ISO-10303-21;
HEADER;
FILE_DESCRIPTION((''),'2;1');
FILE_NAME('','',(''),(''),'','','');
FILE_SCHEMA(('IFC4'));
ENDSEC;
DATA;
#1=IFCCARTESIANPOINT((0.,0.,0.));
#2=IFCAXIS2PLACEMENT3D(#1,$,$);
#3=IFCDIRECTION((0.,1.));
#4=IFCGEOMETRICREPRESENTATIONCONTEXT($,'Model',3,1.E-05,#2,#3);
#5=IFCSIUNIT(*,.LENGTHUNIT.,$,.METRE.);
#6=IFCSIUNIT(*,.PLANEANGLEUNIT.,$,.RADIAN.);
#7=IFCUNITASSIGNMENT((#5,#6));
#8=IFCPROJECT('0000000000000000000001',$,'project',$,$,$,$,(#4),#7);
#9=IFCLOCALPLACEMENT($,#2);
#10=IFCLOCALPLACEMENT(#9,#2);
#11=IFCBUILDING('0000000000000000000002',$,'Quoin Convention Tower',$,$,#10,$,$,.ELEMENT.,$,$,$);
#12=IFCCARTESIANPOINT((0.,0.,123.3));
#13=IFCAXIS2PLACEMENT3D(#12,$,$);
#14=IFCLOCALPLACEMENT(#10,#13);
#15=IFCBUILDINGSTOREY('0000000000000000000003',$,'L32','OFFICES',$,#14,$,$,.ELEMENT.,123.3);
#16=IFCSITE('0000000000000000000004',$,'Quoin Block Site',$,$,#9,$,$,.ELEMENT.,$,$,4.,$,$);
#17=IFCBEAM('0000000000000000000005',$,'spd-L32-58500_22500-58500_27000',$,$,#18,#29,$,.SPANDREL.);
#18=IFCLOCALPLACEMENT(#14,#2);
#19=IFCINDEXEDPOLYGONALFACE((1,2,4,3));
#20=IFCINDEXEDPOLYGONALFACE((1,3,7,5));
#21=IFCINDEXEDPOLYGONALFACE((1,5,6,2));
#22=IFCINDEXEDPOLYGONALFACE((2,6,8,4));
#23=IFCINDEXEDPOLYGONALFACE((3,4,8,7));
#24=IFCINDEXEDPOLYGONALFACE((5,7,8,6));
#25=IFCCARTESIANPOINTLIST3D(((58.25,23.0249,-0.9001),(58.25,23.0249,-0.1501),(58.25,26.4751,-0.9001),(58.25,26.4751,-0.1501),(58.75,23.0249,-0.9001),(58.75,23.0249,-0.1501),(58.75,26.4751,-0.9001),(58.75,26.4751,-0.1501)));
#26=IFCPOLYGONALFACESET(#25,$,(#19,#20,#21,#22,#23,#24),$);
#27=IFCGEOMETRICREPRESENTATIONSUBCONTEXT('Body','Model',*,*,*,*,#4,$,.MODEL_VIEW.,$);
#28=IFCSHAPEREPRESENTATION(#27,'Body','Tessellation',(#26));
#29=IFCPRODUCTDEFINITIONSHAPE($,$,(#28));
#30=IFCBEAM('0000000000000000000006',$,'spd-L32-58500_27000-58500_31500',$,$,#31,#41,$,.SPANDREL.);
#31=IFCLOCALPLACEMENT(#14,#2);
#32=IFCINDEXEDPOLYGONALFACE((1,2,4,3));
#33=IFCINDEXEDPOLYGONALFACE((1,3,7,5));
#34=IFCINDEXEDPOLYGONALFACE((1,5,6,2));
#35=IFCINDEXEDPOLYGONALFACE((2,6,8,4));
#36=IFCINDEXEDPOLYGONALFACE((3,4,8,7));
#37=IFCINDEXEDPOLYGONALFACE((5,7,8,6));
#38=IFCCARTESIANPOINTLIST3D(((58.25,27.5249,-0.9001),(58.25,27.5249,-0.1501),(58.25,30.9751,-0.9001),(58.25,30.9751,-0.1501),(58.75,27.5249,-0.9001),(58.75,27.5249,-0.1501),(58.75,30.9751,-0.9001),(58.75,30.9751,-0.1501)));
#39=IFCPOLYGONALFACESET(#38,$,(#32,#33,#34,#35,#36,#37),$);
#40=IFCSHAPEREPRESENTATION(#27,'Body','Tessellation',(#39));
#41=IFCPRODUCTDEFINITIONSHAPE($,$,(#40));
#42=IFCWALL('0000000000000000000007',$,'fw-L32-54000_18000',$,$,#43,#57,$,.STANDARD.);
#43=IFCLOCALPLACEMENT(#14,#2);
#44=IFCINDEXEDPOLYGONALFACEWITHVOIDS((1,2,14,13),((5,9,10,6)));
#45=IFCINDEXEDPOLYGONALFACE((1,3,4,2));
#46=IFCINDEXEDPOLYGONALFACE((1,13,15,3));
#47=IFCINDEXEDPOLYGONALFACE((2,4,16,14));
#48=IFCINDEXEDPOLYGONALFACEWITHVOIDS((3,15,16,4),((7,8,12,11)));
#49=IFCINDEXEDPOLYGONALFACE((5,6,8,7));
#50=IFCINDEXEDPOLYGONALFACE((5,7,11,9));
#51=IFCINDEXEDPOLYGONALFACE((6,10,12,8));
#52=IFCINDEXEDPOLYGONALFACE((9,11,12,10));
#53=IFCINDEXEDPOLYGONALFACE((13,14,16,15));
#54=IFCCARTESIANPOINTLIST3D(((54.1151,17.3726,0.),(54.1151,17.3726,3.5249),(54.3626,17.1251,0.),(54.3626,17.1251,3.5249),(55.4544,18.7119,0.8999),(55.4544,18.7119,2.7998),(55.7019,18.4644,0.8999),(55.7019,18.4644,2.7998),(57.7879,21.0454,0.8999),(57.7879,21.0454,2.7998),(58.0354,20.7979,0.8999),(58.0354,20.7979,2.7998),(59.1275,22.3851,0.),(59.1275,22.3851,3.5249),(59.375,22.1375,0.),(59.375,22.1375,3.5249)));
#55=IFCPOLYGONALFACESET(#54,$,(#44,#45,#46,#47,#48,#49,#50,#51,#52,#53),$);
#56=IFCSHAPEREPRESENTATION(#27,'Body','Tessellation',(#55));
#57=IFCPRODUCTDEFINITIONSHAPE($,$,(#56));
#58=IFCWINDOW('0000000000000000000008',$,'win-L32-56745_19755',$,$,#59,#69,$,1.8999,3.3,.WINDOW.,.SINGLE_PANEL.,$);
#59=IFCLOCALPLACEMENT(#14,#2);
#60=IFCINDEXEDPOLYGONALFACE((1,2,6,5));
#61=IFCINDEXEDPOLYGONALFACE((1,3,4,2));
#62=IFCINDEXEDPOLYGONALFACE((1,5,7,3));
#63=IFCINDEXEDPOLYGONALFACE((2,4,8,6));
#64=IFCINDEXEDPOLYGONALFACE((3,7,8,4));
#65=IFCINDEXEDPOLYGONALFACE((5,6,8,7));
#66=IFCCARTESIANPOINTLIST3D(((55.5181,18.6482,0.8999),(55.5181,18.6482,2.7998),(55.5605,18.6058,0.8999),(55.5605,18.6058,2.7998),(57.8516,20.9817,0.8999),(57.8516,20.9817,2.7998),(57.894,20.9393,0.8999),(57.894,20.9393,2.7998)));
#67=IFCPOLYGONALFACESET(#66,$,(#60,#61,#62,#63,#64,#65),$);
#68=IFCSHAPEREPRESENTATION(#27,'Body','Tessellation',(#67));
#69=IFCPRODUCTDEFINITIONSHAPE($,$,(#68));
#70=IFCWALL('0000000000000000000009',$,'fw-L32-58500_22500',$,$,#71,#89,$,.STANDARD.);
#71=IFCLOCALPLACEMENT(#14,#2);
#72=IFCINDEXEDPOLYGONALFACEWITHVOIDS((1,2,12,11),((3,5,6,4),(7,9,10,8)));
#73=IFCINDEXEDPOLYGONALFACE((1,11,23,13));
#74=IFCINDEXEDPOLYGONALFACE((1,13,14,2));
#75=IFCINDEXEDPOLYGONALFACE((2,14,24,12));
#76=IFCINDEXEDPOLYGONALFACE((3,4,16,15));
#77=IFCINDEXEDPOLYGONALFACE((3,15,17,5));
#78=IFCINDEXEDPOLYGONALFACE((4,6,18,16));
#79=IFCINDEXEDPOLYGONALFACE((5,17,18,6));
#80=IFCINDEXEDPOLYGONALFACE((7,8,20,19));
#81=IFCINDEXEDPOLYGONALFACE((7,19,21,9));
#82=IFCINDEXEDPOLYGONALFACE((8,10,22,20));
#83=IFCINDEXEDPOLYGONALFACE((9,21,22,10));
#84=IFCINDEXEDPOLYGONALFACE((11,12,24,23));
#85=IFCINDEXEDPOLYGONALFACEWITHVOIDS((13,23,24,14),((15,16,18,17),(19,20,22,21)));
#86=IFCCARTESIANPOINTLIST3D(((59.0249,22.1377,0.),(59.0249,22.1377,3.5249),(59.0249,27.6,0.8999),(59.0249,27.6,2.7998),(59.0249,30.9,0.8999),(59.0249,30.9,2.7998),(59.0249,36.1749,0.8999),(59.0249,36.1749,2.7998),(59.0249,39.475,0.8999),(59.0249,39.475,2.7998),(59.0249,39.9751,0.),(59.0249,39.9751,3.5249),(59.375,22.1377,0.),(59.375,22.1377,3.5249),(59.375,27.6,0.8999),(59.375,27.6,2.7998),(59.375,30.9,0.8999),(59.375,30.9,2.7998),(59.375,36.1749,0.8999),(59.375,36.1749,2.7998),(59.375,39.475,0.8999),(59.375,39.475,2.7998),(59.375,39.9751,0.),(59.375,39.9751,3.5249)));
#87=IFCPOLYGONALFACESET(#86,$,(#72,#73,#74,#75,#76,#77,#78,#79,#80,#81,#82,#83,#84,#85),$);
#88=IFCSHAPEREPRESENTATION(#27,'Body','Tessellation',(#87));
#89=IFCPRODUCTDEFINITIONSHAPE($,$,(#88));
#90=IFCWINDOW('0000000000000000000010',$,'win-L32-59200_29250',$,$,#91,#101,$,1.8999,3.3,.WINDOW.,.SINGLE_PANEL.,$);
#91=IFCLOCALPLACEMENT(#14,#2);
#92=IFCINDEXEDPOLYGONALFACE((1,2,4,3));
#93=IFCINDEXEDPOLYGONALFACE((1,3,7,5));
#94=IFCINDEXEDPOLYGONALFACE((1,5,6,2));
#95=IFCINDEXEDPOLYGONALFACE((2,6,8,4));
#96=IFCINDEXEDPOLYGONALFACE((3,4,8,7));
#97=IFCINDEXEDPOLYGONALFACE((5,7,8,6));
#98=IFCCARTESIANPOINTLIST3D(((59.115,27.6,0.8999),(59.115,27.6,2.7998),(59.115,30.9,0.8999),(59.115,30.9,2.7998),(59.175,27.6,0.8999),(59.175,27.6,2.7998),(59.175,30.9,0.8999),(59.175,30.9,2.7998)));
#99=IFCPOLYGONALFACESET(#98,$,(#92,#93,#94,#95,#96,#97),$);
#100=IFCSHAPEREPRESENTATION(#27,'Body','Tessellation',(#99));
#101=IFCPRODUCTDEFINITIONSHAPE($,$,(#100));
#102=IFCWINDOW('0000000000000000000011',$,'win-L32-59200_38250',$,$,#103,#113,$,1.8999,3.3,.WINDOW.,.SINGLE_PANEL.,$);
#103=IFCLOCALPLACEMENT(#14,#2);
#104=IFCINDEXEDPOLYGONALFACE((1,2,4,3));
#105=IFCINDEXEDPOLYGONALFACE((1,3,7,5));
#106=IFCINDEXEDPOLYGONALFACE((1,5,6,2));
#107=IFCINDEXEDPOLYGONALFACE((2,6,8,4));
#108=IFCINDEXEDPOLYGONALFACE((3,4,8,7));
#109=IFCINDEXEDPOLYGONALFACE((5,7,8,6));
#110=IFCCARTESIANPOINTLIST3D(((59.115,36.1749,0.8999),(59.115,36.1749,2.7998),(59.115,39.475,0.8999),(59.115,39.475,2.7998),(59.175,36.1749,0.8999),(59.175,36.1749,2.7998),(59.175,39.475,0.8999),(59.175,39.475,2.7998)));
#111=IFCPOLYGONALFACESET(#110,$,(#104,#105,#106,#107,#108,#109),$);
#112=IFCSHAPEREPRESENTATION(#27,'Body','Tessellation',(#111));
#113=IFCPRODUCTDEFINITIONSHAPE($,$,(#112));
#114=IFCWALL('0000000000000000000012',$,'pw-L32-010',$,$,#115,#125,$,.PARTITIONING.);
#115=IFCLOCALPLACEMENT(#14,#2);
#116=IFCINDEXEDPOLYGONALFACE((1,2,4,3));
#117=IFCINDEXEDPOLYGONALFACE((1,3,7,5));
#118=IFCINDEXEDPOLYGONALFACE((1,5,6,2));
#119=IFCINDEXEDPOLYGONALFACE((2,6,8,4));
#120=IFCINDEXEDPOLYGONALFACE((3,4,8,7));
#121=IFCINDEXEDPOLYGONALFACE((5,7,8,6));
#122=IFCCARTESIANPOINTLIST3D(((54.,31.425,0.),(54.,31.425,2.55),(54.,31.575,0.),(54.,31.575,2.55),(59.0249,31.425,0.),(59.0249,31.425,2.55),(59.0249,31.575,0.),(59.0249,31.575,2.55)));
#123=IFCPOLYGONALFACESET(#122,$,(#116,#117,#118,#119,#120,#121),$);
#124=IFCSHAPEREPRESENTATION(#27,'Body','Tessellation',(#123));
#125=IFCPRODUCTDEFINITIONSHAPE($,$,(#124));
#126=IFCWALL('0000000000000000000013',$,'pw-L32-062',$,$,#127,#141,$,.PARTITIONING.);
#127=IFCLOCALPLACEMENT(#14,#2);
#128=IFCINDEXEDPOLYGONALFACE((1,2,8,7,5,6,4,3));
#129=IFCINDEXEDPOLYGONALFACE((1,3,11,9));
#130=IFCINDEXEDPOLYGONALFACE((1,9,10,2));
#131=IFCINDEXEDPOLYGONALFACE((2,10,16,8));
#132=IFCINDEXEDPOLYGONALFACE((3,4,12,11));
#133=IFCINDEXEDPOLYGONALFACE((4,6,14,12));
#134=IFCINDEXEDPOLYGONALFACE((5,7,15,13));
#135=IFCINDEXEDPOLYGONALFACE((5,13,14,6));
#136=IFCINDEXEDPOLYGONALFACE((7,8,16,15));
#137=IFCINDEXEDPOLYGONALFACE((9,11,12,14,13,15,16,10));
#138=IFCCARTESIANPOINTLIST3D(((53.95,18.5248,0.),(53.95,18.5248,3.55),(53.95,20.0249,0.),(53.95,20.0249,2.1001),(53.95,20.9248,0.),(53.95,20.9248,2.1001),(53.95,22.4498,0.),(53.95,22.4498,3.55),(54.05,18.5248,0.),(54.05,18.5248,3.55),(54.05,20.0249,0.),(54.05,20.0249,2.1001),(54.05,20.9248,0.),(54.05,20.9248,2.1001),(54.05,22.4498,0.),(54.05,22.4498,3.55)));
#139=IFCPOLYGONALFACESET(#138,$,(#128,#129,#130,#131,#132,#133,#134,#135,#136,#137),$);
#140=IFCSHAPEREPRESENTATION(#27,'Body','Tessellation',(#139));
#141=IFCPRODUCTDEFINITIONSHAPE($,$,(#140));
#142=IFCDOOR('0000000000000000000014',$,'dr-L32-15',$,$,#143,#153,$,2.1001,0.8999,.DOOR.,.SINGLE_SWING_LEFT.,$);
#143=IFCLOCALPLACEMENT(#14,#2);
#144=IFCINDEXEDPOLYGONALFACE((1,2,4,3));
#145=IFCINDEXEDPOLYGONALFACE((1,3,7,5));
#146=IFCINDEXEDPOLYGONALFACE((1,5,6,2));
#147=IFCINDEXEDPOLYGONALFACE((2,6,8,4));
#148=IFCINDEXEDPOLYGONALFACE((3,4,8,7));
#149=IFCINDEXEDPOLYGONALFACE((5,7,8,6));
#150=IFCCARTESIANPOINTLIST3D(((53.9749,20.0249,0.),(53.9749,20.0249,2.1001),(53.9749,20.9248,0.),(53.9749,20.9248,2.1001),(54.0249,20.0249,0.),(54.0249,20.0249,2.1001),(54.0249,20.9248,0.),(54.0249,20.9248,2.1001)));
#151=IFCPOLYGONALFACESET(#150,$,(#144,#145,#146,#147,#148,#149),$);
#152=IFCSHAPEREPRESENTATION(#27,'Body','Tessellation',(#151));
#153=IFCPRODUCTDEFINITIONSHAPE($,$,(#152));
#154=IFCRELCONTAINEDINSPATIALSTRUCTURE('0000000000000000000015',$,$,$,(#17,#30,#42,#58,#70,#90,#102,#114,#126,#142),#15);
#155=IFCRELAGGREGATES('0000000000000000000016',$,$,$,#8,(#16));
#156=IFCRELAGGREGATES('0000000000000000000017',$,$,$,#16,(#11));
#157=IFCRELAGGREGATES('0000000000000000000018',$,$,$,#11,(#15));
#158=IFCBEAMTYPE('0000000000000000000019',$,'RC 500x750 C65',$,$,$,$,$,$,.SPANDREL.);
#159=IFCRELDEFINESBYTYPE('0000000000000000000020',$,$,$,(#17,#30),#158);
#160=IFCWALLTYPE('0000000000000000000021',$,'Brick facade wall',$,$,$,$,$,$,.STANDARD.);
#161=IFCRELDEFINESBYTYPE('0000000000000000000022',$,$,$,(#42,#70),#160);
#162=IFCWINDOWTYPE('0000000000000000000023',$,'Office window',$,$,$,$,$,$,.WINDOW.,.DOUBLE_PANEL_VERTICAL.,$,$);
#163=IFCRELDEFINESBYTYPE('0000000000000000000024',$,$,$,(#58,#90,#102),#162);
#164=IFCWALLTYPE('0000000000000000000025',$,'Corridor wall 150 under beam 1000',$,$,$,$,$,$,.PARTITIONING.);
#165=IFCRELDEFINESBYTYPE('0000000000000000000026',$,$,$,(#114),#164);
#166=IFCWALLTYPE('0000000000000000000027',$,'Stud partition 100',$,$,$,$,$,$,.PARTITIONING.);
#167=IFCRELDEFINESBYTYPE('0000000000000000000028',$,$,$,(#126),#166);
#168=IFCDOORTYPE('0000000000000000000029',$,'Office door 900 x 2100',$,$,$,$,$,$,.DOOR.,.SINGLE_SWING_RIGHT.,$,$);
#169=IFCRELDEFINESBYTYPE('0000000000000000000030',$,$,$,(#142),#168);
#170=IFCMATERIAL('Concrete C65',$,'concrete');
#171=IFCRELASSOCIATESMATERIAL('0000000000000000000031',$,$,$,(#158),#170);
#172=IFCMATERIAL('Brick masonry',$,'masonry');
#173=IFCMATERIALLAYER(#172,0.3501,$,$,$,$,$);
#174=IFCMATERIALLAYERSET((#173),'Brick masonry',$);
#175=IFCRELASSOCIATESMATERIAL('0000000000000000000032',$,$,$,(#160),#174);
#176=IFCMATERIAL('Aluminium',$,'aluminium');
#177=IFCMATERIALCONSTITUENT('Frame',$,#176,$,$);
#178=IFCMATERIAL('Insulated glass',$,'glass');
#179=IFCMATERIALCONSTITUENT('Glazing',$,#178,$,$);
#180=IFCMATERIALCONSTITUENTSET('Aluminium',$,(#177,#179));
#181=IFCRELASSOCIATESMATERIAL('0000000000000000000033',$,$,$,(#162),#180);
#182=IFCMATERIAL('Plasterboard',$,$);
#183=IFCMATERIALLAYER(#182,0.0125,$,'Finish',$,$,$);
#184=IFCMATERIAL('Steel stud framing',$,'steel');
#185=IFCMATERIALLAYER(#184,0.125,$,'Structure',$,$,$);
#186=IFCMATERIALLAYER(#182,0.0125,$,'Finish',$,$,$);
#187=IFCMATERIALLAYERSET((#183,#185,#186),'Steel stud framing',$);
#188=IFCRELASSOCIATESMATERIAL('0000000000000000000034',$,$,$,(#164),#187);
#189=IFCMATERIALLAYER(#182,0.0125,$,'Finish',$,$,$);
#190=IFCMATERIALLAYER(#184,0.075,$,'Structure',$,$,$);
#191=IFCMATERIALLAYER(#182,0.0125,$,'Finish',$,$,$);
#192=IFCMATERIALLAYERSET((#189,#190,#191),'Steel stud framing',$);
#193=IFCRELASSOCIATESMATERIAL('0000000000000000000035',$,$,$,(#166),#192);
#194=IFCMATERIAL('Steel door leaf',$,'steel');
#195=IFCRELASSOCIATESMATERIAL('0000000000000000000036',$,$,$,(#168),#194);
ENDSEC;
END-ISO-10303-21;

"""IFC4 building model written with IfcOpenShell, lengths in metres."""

from ifc_helpers import new_model, si_unit, direction, frame, frame_2d, origin, origin_2d, place, context, subcontext, project, spatial, rectangle, extrude, material, layer, layer_set, constituent, constituent_set, material_profile, profile_set, type_object, element, fill, save


model = new_model("IFC4")

# Units and contexts
model_context = context("Model", 3, precision=1e-05, world=origin(), true_north=direction((0.0, 1.0)))
body_context = subcontext(model_context, "Body", "Model", "MODEL_VIEW")
ifc_project = project(units=[si_unit("LENGTHUNIT", "METRE"), si_unit("PLANEANGLEUNIT", "RADIAN")], contexts=[model_context])

# Site, building, storey
site_placement = place(None, origin())
site = spatial("IfcSite", under=ifc_project, at=site_placement, Name="Quoin Block Site", CompositionType="ELEMENT", RefElevation=4.0)
building_placement = place(site_placement, origin())
building = spatial("IfcBuilding", under=site, at=building_placement, Name="Quoin Convention Tower", CompositionType="ELEMENT")
storey_placement = place(building_placement, frame((0.0, 0.0, 123.3)))
storey = spatial("IfcBuildingStorey", under=building, at=storey_placement, Name="L32", Description="OFFICES", CompositionType="ELEMENT", Elevation=123.3)

# Shared definitions
ifc_material_1 = material(Name="Concrete C65", Category="concrete")

# Beams
ifc_material_profile_1 = material_profile(ifc_material_1, rectangle(XDim=0.5, YDim=0.75, at=origin_2d()), Name="RC 500x750")
ifc_profile_set_1 = profile_set([ifc_material_profile_1], Name="Concrete C65")
beam_type_1 = type_object("IfcBeamType", Name="RC 500x750 C65", PredefinedType="SPANDREL", material=ifc_profile_set_1)
for number, where, z_axis, x_axis, name in (
    (1, (58.5, 23.0249, -0.5251), (0.0, 1.0, 0.0), (-1.0, 0.0, 0.0), "spd-L32-58500_22500-58500_27000"),
    (2, (58.5, 27.5249, -0.5251), (0.0, 1.0, 0.0), (-1.0, 0.0, 0.0), "spd-L32-58500_27000-58500_31500"),
):
    element("IfcBeam", number, at=place(storey_placement, frame(where, z_axis=z_axis, x_axis=x_axis)), inside=storey, type_object=beam_type_1, Name=name, PredefinedType="SPANDREL", context=body_context, shape_type="SweptSolid", body=[
        extrude(rectangle(XDim=0.5, YDim=0.75, at=origin_2d()), origin(), (0.0, 0.0, 1.0), 3.4502),
    ])

# Wall, opening, window
ifc_material_2 = material(Name="Brick masonry", Category="masonry")
ifc_layer_1 = layer(ifc_material_2, 0.3501)
ifc_layer_set_1 = layer_set([ifc_layer_1], Name="Brick masonry")
wall_type_1 = type_object("IfcWallType", Name="Brick facade wall", PredefinedType="STANDARD", material=ifc_layer_set_1)
wall_1_placement = place(storey_placement, frame((54.2388, 17.2488, 0.0), z_axis=(0.0, 0.0, 1.0), x_axis=(0.707107, 0.707107, 0.0)))
wall_1 = element("IfcWall", 3, at=wall_1_placement, inside=storey, type_object=wall_type_1, Name="fw-L32-54000_18000", PredefinedType="STANDARD", context=body_context, shape_type="SweptSolid", body=[
    extrude(rectangle(XDim=7.0886, YDim=0.3501, at=frame_2d((3.5444, 0.0))), origin(), (0.0, 0.0, 1.0), 3.5249),
])
opening_1_placement = place(wall_1_placement, frame((1.8943, 0.0, 0.8999)))
opening_1 = element("IfcOpeningElement", 4, at=opening_1_placement, cuts=wall_1, PredefinedType="OPENING", context=body_context, shape_type="SweptSolid", body=[
    extrude(rectangle(XDim=3.3, YDim=1.8999, at=frame_2d((1.6499, 0.95))), frame((0.0, 0.1851, 0.0), z_axis=(0.0, -1.0, 0.0), x_axis=(1.0, 0.0, 0.0)), (0.0, 0.0, 1.0), 0.3701),
])
ifc_material_3 = material(Name="Aluminium", Category="aluminium")
ifc_constituent_1 = constituent(ifc_material_3, Name="Frame")
ifc_material_4 = material(Name="Insulated glass", Category="glass")
ifc_constituent_2 = constituent(ifc_material_4, Name="Glazing")
ifc_constituent_set = constituent_set(constituents=[ifc_constituent_1, ifc_constituent_2], Name="Aluminium")
window_type = type_object("IfcWindowType", Name="Office window", PartitioningType="DOUBLE_PANEL_VERTICAL", PredefinedType="WINDOW", material=ifc_constituent_set)
window_1_placement = place(opening_1_placement, origin())
window_1 = element("IfcWindow", 5, at=window_1_placement, inside=storey, type_object=window_type, Name="win-L32-56745_19755", OverallHeight=1.8999, OverallWidth=3.3, PartitioningType="SINGLE_PANEL", PredefinedType="WINDOW", context=body_context, shape_type="SweptSolid", body=[
    extrude(rectangle(XDim=3.3, YDim=1.8999, at=frame_2d((1.6499, 0.95))), frame((0.0, 0.085, 0.0), z_axis=(0.0, -1.0, 0.0), x_axis=(1.0, 0.0, 0.0)), (0.0, 0.0, 1.0), 0.0601),
])
fill(opening_1, window_1)

# Wall, openings, windows
wall_2_placement = place(storey_placement, frame((59.2, 22.1377, 0.0), z_axis=(0.0, 0.0, 1.0), x_axis=(0.0, 1.0, 0.0)))
wall_2 = element("IfcWall", 6, at=wall_2_placement, inside=storey, type_object=wall_type_1, Name="fw-L32-58500_22500", PredefinedType="STANDARD", context=body_context, shape_type="SweptSolid", body=[
    extrude(rectangle(XDim=17.8374, YDim=0.3501, at=frame_2d((8.9187, 0.0))), origin(), (0.0, 0.0, 1.0), 3.5249),
])
opening_2_placement = place(wall_2_placement, frame((5.4624, 0.0, 0.8999)))
opening_2 = element("IfcOpeningElement", 7, at=opening_2_placement, cuts=wall_2, PredefinedType="OPENING", context=body_context, shape_type="SweptSolid", body=[
    extrude(rectangle(XDim=3.3, YDim=1.8999, at=frame_2d((1.6499, 0.95))), frame((0.0, 0.1851, 0.0), z_axis=(0.0, -1.0, 0.0), x_axis=(1.0, 0.0, 0.0)), (0.0, 0.0, 1.0), 0.3701),
])
opening_3_placement = place(wall_2_placement, frame((14.0374, 0.0, 0.8999)))
opening_3 = element("IfcOpeningElement", 8, at=opening_3_placement, cuts=wall_2, PredefinedType="OPENING", context=body_context, shape_type="SweptSolid", body=[
    extrude(rectangle(XDim=3.3, YDim=1.8999, at=frame_2d((1.6499, 0.95))), frame((0.0, 0.1851, 0.0), z_axis=(0.0, -1.0, 0.0), x_axis=(1.0, 0.0, 0.0)), (0.0, 0.0, 1.0), 0.3701),
])
window_2_placement = place(opening_2_placement, origin())
window_2 = element("IfcWindow", 9, at=window_2_placement, inside=storey, type_object=window_type, Name="win-L32-59200_29250", OverallHeight=1.8999, OverallWidth=3.3, PartitioningType="SINGLE_PANEL", PredefinedType="WINDOW", context=body_context, shape_type="SweptSolid", body=[
    extrude(rectangle(XDim=3.3, YDim=1.8999, at=frame_2d((1.6499, 0.95))), frame((0.0, 0.085, 0.0), z_axis=(0.0, -1.0, 0.0), x_axis=(1.0, 0.0, 0.0)), (0.0, 0.0, 1.0), 0.0601),
])
fill(opening_2, window_2)
window_3_placement = place(opening_3_placement, origin())
window_3 = element("IfcWindow", 10, at=window_3_placement, inside=storey, type_object=window_type, Name="win-L32-59200_38250", OverallHeight=1.8999, OverallWidth=3.3, PartitioningType="SINGLE_PANEL", PredefinedType="WINDOW", context=body_context, shape_type="SweptSolid", body=[
    extrude(rectangle(XDim=3.3, YDim=1.8999, at=frame_2d((1.6499, 0.95))), frame((0.0, 0.085, 0.0), z_axis=(0.0, -1.0, 0.0), x_axis=(1.0, 0.0, 0.0)), (0.0, 0.0, 1.0), 0.0601),
])
fill(opening_3, window_3)

# Wall
ifc_material_5 = material(Name="Plasterboard")
ifc_layer_2 = layer(ifc_material_5, 0.0125, Name="Finish")
ifc_material_6 = material(Name="Steel stud framing", Category="steel")
ifc_layer_3 = layer(ifc_material_6, 0.125, Name="Structure")
ifc_layer_4 = layer(ifc_material_5, 0.0125, Name="Finish")
ifc_layer_set_2 = layer_set([ifc_layer_2, ifc_layer_3, ifc_layer_4], Name="Steel stud framing")
wall_type_2 = type_object("IfcWallType", Name="Corridor wall 150 under beam 1000", PredefinedType="PARTITIONING", material=ifc_layer_set_2)
wall_3_placement = place(storey_placement, frame((54.0, 31.5, 0.0), z_axis=(0.0, 0.0, 1.0), x_axis=(1.0, 0.0, 0.0)))
element("IfcWall", 11, at=wall_3_placement, inside=storey, type_object=wall_type_2, Name="pw-L32-010", PredefinedType="PARTITIONING", context=body_context, shape_type="SweptSolid", body=[
    extrude(rectangle(XDim=5.0249, YDim=0.1499, at=frame_2d((2.5125, 0.0))), origin(), (0.0, 0.0, 1.0), 2.55),
])

# Wall, opening, door
ifc_layer_5 = layer(ifc_material_5, 0.0125, Name="Finish")
ifc_layer_6 = layer(ifc_material_6, 0.075, Name="Structure")
ifc_layer_7 = layer(ifc_material_5, 0.0125, Name="Finish")
ifc_layer_set_3 = layer_set([ifc_layer_5, ifc_layer_6, ifc_layer_7], Name="Steel stud framing")
wall_type_3 = type_object("IfcWallType", Name="Stud partition 100", PredefinedType="PARTITIONING", material=ifc_layer_set_3)
wall_4_placement = place(storey_placement, frame((54.0, 18.5249, 0.0), z_axis=(0.0, 0.0, 1.0), x_axis=(0.0, 1.0, 0.0)))
wall_4 = element("IfcWall", 12, at=wall_4_placement, inside=storey, type_object=wall_type_3, Name="pw-L32-062", PredefinedType="PARTITIONING", context=body_context, shape_type="SweptSolid", body=[
    extrude(rectangle(XDim=3.925, YDim=0.1001, at=frame_2d((1.9624, 0.0))), origin(), (0.0, 0.0, 1.0), 3.55),
])
opening_4_placement = place(wall_4_placement, frame((1.5, 0.0, 0.0)))
opening_4 = element("IfcOpeningElement", 13, at=opening_4_placement, cuts=wall_4, PredefinedType="OPENING", context=body_context, shape_type="SweptSolid", body=[
    extrude(rectangle(XDim=0.8999, YDim=2.1001, at=frame_2d((0.45, 1.05))), frame((0.0, 0.0601, 0.0), z_axis=(0.0, -1.0, 0.0), x_axis=(1.0, 0.0, 0.0)), (0.0, 0.0, 1.0), 0.1201),
])
ifc_material_7 = material(Name="Steel door leaf", Category="steel")
door_type = type_object("IfcDoorType", Name="Office door 900 x 2100", OperationType="SINGLE_SWING_RIGHT", PredefinedType="DOOR", material=ifc_material_7)
door_placement = place(opening_4_placement, frame((0.8999, 0.0, 0.0), z_axis=(0.0, 0.0, 1.0), x_axis=(-1.0, 0.0, 0.0)))
door = element("IfcDoor", 14, at=door_placement, inside=storey, type_object=door_type, Name="dr-L32-15", OperationType="SINGLE_SWING_LEFT", OverallHeight=2.1001, OverallWidth=0.8999, PredefinedType="DOOR", context=body_context, shape_type="SweptSolid", body=[
    extrude(rectangle(XDim=0.8999, YDim=2.1001, at=frame_2d((0.45, 1.05))), frame((0.0, 0.0249, 0.0), z_axis=(0.0, -1.0, 0.0), x_axis=(1.0, 0.0, 0.0)), (0.0, 0.0, 1.0), 0.05),
])
fill(opening_4, door)

save(model, "model.ifc")
